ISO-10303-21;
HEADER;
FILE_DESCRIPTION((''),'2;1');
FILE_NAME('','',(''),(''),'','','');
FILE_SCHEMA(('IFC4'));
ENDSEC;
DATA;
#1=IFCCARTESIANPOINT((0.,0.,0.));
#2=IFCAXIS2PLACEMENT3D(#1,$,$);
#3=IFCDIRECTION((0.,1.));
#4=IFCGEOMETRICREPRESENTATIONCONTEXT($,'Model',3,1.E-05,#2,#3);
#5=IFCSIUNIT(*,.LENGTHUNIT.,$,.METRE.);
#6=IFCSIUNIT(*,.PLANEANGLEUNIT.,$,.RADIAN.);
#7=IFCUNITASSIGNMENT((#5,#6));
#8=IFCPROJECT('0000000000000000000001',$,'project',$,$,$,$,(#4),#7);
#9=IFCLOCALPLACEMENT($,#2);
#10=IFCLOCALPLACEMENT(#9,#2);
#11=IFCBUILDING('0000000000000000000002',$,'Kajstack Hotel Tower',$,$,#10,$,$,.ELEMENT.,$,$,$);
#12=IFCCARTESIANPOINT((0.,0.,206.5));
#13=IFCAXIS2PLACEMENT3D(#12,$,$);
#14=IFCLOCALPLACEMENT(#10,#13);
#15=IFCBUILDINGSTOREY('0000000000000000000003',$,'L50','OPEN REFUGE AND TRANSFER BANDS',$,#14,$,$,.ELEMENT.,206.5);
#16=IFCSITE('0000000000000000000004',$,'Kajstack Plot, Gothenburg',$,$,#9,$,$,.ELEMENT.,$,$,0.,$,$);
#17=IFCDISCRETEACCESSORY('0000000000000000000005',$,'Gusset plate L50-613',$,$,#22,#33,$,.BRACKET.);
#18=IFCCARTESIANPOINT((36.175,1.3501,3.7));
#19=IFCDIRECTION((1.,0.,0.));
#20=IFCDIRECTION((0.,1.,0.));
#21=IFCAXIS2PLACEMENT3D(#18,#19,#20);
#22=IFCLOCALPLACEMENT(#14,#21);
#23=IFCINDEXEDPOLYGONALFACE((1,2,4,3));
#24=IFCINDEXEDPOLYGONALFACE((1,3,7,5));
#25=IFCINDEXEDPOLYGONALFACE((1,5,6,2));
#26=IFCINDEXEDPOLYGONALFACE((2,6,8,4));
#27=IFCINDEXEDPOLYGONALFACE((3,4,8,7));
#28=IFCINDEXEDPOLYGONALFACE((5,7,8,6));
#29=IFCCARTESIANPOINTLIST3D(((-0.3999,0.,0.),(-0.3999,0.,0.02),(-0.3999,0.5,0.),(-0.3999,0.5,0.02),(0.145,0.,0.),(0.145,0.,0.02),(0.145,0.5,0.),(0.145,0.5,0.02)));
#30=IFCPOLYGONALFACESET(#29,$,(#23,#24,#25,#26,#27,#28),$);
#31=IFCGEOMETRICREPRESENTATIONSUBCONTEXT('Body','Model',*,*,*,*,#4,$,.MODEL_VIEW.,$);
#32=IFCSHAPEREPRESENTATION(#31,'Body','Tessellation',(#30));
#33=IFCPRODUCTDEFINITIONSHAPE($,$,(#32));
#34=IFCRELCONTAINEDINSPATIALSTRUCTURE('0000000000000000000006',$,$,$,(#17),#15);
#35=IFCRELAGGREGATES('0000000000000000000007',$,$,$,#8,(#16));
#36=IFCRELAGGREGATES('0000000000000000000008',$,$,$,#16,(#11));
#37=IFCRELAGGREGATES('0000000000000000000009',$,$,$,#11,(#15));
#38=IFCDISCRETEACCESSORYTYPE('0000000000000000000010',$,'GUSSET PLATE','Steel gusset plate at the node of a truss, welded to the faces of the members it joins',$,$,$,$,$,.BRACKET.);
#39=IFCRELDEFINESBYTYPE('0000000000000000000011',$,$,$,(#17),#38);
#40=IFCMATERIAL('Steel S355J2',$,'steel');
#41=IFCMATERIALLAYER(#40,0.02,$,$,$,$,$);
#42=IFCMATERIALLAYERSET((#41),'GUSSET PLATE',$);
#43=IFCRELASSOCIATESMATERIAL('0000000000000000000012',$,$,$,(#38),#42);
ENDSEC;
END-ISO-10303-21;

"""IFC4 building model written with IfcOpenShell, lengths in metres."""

from ifc_helpers import new_model, si_unit, direction, frame, origin, place, context, subcontext, project, spatial, polyline, outline, extrude, material, layer, layer_set, type_object, element, save


model = new_model("IFC4")

# Units and contexts
model_context = context("Model", 3, precision=1e-05, world=origin(), true_north=direction((0.0, 1.0)))
body_context = subcontext(model_context, "Body", "Model", "MODEL_VIEW")
ifc_project = project(units=[si_unit("LENGTHUNIT", "METRE"), si_unit("PLANEANGLEUNIT", "RADIAN")], contexts=[model_context])

# Site, building, storey
site_placement = place(None, origin())
site = spatial("IfcSite", under=ifc_project, at=site_placement, Name="Kajstack Plot, Gothenburg", CompositionType="ELEMENT", RefElevation=0.0)
building_placement = place(site_placement, origin())
building = spatial("IfcBuilding", under=site, at=building_placement, Name="Kajstack Hotel Tower", CompositionType="ELEMENT")
storey_placement = place(building_placement, frame((0.0, 0.0, 206.5)))
storey = spatial("IfcBuildingStorey", under=building, at=storey_placement, Name="L50", Description="OPEN REFUGE AND TRANSFER BANDS", CompositionType="ELEMENT", Elevation=206.5)

# Shared definitions
ifc_material = material(Name="Steel S355J2", Category="steel")

# Discrete accessory
ifc_layer = layer(ifc_material, 0.02)
ifc_layer_set = layer_set([ifc_layer], Name="GUSSET PLATE")
discrete_accessory_type = type_object("IfcDiscreteAccessoryType", Name="GUSSET PLATE", Description="Steel gusset plate at the node of a truss, welded to the faces of the members it joins", PredefinedType="BRACKET", material=ifc_layer_set)
discrete_accessory_placement = place(storey_placement, frame((36.175, 1.3501, 3.7), z_axis=(1.0, 0.0, 0.0), x_axis=(0.0, 1.0, 0.0)))
element("IfcDiscreteAccessory", 1, at=discrete_accessory_placement, inside=storey, type_object=discrete_accessory_type, Name="Gusset plate L50-613", PredefinedType="BRACKET", context=body_context, shape_type="SweptSolid", body=[
    extrude(outline(polyline([(-0.3999, 0.0), (0.145, 0.0), (0.145, 0.5), (-0.3999, 0.5), (-0.3999, 0.0)])), origin(), (0.0, 0.0, 1.0), 0.02),
])

save(model, "model.ifc")
